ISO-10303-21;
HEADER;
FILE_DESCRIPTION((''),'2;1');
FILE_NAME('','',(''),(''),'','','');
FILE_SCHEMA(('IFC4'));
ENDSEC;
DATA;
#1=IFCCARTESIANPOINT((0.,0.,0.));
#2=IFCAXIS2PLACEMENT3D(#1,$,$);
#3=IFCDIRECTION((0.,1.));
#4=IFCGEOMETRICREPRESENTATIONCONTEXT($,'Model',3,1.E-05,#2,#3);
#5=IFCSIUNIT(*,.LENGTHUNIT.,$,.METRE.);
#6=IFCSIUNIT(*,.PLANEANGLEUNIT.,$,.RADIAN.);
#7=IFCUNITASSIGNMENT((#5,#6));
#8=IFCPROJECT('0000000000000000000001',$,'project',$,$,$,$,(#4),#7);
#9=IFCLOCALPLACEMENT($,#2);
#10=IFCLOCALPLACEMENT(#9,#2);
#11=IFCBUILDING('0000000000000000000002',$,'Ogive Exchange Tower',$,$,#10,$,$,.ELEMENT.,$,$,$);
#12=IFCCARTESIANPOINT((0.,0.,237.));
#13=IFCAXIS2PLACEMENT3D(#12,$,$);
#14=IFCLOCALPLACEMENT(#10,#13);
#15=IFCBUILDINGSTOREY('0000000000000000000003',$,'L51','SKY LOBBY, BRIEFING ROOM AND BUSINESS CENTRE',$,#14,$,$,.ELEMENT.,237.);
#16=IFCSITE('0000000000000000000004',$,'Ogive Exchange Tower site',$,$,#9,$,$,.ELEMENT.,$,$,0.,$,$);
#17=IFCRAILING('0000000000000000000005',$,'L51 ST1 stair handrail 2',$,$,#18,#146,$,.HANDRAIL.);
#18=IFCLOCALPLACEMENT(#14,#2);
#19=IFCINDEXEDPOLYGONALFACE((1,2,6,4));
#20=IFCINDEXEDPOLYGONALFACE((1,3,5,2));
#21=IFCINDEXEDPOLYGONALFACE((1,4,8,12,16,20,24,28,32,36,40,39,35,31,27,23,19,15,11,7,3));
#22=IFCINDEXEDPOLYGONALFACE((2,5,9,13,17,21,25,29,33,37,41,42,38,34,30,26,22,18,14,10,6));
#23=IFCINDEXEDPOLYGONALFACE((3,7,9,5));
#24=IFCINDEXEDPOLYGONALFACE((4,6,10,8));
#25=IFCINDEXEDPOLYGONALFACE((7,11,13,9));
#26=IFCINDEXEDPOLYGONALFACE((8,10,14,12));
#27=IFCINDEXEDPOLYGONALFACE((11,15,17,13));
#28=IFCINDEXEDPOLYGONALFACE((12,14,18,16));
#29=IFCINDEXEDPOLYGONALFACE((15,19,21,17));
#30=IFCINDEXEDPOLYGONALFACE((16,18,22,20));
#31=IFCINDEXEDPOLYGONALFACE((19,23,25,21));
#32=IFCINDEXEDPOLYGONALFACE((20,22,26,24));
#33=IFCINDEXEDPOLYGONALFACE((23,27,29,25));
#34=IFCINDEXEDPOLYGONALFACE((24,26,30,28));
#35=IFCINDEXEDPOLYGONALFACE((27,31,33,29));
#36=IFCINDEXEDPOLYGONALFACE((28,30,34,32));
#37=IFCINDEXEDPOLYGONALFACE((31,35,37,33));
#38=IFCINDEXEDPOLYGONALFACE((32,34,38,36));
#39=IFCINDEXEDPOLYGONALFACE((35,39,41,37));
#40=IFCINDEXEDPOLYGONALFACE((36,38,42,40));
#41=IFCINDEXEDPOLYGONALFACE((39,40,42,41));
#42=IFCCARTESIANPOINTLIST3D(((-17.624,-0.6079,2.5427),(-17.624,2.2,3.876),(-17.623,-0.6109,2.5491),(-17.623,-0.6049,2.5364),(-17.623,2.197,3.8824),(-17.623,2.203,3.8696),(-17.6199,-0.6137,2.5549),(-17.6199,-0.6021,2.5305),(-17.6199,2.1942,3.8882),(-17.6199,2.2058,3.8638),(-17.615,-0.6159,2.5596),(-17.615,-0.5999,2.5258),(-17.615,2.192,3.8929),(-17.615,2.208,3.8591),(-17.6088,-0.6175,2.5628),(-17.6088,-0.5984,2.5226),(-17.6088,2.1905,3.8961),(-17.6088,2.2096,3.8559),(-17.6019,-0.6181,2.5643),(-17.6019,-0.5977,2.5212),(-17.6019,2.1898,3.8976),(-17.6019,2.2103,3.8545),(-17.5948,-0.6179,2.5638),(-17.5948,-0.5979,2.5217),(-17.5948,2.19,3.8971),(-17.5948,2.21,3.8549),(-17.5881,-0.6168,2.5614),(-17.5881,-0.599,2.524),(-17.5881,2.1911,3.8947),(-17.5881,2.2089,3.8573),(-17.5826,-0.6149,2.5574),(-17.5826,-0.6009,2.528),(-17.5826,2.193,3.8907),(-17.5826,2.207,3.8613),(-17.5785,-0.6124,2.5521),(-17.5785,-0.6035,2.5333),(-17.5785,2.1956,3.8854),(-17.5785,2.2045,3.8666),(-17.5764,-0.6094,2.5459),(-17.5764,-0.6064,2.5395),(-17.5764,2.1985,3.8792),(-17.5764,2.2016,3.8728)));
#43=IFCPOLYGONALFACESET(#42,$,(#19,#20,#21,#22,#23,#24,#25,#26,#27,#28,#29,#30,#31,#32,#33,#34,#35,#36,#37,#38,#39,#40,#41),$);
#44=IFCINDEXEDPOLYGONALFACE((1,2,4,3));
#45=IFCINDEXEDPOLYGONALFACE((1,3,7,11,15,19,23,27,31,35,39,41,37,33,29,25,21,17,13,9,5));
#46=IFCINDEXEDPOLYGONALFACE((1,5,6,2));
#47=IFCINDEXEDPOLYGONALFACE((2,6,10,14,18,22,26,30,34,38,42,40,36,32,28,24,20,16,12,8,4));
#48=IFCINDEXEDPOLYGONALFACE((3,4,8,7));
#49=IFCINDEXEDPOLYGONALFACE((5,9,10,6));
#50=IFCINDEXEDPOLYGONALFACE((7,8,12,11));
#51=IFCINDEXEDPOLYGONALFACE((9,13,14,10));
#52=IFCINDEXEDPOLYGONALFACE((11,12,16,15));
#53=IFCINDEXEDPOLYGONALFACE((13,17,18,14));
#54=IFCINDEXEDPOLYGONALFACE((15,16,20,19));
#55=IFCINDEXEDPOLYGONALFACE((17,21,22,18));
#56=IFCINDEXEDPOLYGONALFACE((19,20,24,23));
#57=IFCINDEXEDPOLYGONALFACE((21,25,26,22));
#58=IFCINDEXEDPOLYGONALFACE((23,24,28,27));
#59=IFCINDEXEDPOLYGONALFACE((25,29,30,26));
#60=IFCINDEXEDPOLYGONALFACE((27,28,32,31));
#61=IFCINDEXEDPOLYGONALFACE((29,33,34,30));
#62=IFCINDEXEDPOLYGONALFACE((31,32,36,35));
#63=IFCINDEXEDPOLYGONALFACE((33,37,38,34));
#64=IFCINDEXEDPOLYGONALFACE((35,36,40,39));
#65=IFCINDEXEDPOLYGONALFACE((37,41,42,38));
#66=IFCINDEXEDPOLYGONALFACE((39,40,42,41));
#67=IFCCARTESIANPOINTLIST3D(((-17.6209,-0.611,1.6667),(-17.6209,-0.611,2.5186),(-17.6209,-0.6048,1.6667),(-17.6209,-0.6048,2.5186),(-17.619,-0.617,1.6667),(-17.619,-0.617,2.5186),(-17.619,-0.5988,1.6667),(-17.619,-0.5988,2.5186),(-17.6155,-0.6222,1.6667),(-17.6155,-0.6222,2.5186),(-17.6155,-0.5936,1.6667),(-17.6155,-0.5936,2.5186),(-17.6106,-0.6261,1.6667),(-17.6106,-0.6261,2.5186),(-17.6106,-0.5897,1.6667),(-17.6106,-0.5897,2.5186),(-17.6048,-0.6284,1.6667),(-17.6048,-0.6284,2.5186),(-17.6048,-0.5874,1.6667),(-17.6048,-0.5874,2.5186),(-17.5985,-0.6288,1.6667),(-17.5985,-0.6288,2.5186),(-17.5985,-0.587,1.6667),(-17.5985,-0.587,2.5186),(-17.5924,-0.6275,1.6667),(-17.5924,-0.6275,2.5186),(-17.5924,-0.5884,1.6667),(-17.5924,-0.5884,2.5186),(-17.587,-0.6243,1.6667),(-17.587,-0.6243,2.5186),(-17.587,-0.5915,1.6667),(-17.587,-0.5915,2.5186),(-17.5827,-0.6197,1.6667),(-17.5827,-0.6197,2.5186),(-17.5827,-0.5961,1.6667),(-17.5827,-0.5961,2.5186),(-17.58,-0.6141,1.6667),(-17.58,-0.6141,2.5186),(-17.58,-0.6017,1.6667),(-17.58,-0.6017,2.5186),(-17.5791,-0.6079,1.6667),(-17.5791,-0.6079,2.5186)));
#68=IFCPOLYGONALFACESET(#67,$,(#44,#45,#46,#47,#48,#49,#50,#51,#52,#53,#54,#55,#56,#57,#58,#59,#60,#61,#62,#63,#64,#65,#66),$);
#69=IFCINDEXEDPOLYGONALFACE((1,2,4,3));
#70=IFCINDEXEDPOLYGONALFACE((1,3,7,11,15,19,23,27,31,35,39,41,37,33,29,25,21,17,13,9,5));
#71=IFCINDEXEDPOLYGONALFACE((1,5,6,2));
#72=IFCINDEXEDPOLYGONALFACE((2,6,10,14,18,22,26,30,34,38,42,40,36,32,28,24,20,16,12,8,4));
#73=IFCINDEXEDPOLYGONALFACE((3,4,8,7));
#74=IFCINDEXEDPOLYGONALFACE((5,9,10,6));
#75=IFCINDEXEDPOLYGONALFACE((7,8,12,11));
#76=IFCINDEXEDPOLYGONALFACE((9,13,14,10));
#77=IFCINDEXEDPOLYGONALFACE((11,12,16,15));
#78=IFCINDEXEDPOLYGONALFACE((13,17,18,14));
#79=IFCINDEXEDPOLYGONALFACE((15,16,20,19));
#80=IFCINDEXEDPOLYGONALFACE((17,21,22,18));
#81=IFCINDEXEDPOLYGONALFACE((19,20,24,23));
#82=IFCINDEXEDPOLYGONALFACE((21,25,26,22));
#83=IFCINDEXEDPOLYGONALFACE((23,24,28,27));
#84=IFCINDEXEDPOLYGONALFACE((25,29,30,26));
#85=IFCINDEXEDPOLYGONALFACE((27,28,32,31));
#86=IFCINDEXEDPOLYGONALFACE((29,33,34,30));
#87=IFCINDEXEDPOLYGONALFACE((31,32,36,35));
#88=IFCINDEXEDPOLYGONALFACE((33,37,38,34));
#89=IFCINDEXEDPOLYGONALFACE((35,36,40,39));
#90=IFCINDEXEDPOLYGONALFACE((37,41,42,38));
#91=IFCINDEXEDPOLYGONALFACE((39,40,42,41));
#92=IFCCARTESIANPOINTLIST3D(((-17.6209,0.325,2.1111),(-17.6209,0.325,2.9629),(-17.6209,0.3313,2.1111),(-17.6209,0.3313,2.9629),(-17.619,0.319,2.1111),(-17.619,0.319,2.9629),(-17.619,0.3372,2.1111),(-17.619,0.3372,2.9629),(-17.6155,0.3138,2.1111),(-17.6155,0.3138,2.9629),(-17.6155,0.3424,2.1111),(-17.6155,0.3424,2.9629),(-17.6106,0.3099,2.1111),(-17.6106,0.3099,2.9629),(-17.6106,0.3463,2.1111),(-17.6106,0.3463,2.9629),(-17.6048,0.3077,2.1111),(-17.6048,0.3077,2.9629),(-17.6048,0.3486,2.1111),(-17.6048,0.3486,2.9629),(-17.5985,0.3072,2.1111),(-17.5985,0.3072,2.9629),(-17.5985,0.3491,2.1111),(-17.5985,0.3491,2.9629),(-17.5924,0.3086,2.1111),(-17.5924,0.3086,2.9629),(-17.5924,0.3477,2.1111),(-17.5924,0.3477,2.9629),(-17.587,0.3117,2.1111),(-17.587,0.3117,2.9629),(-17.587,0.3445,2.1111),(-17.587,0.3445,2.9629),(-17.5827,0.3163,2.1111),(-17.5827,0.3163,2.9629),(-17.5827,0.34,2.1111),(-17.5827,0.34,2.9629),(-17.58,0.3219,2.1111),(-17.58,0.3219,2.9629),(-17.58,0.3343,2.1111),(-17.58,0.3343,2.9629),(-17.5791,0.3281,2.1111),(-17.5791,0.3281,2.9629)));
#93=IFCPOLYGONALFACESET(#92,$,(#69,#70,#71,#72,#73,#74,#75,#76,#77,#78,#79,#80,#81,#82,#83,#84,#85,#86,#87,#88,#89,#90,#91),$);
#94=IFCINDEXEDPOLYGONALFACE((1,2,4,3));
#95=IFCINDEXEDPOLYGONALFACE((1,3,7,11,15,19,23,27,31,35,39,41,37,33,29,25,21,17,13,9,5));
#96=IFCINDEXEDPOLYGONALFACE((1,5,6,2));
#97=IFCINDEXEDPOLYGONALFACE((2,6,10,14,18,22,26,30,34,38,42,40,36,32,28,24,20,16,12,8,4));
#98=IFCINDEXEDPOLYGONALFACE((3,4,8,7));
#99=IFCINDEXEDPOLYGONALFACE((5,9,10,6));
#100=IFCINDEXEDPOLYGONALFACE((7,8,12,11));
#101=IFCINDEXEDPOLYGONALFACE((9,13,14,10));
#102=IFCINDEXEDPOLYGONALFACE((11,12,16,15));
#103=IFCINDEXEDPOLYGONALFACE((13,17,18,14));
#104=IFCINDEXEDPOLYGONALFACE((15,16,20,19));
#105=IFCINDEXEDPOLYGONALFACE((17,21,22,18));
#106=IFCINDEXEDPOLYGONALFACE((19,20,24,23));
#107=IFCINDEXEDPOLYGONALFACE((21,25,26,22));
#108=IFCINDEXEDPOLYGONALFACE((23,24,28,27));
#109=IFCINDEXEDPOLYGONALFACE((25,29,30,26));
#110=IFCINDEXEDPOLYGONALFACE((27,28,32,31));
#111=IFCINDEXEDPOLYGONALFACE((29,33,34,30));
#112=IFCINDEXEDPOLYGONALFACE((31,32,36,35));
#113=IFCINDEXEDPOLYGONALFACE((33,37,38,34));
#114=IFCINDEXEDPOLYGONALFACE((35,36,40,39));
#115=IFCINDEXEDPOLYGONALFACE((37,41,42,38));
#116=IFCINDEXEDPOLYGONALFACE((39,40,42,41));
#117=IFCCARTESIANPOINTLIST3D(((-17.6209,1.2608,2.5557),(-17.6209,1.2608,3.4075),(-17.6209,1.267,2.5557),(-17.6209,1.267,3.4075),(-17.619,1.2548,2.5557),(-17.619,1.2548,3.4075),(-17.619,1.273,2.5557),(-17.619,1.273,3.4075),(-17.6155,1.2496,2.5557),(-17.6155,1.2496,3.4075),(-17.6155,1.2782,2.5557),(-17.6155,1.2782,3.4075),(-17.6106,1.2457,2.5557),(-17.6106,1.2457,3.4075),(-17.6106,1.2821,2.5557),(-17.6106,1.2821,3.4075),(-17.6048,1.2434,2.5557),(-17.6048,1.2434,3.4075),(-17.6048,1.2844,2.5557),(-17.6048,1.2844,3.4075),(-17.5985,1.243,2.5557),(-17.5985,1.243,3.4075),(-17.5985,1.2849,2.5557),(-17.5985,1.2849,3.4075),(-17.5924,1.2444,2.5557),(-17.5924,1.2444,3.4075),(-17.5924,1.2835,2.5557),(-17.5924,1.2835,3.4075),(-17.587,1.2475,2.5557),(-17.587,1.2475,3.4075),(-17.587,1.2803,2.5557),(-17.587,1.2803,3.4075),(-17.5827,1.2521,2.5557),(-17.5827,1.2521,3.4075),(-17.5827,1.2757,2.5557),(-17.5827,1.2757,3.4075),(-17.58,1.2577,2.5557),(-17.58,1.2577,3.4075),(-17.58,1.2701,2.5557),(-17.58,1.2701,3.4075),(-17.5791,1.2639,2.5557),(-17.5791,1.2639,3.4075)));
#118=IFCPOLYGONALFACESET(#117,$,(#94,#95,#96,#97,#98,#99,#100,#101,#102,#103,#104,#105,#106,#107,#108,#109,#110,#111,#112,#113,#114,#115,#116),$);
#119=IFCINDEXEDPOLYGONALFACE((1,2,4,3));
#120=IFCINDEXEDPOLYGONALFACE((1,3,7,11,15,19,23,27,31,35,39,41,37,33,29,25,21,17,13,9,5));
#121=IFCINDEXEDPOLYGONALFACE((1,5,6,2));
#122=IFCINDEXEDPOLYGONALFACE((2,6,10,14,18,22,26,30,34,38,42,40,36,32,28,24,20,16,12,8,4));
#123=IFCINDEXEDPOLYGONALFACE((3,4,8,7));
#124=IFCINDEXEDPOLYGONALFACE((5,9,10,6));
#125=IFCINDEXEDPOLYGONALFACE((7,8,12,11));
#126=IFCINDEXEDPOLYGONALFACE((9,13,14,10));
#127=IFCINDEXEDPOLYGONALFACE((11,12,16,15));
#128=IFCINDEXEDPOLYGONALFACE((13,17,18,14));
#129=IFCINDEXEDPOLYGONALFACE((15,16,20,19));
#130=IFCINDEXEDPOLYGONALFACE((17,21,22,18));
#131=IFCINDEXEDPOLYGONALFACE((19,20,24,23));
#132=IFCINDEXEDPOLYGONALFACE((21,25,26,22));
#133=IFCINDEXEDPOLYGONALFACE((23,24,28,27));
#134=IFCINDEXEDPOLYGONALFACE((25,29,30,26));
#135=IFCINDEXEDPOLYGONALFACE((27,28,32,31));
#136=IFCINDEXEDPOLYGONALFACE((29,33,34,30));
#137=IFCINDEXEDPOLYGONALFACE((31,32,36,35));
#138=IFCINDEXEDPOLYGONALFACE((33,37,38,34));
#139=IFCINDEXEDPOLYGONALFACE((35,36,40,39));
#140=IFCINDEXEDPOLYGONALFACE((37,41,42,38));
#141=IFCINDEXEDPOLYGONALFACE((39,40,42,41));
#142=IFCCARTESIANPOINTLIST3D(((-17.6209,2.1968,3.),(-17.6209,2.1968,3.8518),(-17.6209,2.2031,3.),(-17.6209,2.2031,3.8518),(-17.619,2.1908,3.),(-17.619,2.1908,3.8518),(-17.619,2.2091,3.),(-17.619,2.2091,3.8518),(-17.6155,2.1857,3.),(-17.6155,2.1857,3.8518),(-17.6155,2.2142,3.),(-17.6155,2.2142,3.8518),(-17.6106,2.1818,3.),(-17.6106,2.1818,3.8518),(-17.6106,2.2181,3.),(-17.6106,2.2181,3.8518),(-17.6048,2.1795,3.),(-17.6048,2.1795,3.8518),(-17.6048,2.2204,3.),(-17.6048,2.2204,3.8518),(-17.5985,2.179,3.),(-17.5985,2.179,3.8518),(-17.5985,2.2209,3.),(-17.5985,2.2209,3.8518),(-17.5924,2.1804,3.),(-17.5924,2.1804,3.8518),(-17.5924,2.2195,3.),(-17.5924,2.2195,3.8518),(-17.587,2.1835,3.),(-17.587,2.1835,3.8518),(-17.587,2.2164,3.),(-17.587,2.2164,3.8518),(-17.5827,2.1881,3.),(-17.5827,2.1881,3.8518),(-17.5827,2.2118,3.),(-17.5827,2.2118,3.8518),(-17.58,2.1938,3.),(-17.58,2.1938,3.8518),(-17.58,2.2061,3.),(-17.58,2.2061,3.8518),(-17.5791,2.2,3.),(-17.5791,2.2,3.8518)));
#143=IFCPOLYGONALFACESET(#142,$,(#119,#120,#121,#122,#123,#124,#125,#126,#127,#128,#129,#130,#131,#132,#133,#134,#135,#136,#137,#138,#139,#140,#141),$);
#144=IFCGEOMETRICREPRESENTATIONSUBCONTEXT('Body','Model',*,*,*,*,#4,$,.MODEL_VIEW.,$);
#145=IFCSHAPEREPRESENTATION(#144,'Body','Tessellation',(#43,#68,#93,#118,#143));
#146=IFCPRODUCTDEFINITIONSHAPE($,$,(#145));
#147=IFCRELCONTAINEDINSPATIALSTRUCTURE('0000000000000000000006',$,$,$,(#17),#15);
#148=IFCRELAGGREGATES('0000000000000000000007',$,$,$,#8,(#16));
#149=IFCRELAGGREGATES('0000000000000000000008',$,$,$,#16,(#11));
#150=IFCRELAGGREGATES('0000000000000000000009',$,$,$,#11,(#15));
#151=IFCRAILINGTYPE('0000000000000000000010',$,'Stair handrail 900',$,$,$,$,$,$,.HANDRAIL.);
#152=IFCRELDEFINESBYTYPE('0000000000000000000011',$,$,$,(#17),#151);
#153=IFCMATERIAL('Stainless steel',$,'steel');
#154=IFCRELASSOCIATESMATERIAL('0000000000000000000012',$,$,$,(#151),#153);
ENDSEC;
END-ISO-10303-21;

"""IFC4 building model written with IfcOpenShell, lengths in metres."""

from ifc_helpers import new_model, si_unit, direction, frame, origin, origin_2d, place, context, subcontext, project, spatial, circle, extrude, material, type_object, element, save


model = new_model("IFC4")

# Units and contexts
model_context = context("Model", 3, precision=1e-05, world=origin(), true_north=direction((0.0, 1.0)))
body_context = subcontext(model_context, "Body", "Model", "MODEL_VIEW")
ifc_project = project(units=[si_unit("LENGTHUNIT", "METRE"), si_unit("PLANEANGLEUNIT", "RADIAN")], contexts=[model_context])

# Site, building, storey
site_placement = place(None, origin())
site = spatial("IfcSite", under=ifc_project, at=site_placement, Name="Ogive Exchange Tower site", CompositionType="ELEMENT", RefElevation=0.0)
building_placement = place(site_placement, origin())
building = spatial("IfcBuilding", under=site, at=building_placement, Name="Ogive Exchange Tower", CompositionType="ELEMENT")
storey_placement = place(building_placement, frame((0.0, 0.0, 237.0)))
storey = spatial("IfcBuildingStorey", under=building, at=storey_placement, Name="L51", Description="SKY LOBBY, BRIEFING ROOM AND BUSINESS CENTRE", CompositionType="ELEMENT", Elevation=237.0)

# Shared definitions
ifc_material_1 = material(Name="Stainless steel", Category="steel")

# Railing
railing_type = type_object("IfcRailingType", Name="Stair handrail 900", PredefinedType="HANDRAIL", material=ifc_material_1)
for number, where, name in (
    (1, (-17.6001, -0.6079, 1.6667), "L51 ST1 stair handrail 2"),
):
    element("IfcRailing", number, at=place(storey_placement, frame(where)), inside=storey, type_object=railing_type, Name=name, PredefinedType="HANDRAIL", context=body_context, shape_type="SweptSolid", body=[
        extrude(circle(Radius=0.0239, at=origin_2d()), frame((0.0, 0.0, 0.876), z_axis=(0.0, 0.903338, 0.42893), x_axis=(-1.0, 0.0, 0.0)), (0.0, 0.0, 1.0), 3.1084),
        extrude(circle(Radius=0.021, at=origin_2d()), origin(), (0.0, 0.0, 1.0), 0.8518),
        extrude(circle(Radius=0.021, at=origin_2d()), frame((0.0, 0.936, 0.4443)), (0.0, 0.0, 1.0), 0.8518),
        extrude(circle(Radius=0.021, at=origin_2d()), frame((0.0, 1.8718, 0.8889)), (0.0, 0.0, 1.0), 0.8518),
        extrude(circle(Radius=0.021, at=origin_2d()), frame((0.0, 2.8079, 1.3333)), (0.0, 0.0, 1.0), 0.8518),
    ])

save(model, "model.ifc")
